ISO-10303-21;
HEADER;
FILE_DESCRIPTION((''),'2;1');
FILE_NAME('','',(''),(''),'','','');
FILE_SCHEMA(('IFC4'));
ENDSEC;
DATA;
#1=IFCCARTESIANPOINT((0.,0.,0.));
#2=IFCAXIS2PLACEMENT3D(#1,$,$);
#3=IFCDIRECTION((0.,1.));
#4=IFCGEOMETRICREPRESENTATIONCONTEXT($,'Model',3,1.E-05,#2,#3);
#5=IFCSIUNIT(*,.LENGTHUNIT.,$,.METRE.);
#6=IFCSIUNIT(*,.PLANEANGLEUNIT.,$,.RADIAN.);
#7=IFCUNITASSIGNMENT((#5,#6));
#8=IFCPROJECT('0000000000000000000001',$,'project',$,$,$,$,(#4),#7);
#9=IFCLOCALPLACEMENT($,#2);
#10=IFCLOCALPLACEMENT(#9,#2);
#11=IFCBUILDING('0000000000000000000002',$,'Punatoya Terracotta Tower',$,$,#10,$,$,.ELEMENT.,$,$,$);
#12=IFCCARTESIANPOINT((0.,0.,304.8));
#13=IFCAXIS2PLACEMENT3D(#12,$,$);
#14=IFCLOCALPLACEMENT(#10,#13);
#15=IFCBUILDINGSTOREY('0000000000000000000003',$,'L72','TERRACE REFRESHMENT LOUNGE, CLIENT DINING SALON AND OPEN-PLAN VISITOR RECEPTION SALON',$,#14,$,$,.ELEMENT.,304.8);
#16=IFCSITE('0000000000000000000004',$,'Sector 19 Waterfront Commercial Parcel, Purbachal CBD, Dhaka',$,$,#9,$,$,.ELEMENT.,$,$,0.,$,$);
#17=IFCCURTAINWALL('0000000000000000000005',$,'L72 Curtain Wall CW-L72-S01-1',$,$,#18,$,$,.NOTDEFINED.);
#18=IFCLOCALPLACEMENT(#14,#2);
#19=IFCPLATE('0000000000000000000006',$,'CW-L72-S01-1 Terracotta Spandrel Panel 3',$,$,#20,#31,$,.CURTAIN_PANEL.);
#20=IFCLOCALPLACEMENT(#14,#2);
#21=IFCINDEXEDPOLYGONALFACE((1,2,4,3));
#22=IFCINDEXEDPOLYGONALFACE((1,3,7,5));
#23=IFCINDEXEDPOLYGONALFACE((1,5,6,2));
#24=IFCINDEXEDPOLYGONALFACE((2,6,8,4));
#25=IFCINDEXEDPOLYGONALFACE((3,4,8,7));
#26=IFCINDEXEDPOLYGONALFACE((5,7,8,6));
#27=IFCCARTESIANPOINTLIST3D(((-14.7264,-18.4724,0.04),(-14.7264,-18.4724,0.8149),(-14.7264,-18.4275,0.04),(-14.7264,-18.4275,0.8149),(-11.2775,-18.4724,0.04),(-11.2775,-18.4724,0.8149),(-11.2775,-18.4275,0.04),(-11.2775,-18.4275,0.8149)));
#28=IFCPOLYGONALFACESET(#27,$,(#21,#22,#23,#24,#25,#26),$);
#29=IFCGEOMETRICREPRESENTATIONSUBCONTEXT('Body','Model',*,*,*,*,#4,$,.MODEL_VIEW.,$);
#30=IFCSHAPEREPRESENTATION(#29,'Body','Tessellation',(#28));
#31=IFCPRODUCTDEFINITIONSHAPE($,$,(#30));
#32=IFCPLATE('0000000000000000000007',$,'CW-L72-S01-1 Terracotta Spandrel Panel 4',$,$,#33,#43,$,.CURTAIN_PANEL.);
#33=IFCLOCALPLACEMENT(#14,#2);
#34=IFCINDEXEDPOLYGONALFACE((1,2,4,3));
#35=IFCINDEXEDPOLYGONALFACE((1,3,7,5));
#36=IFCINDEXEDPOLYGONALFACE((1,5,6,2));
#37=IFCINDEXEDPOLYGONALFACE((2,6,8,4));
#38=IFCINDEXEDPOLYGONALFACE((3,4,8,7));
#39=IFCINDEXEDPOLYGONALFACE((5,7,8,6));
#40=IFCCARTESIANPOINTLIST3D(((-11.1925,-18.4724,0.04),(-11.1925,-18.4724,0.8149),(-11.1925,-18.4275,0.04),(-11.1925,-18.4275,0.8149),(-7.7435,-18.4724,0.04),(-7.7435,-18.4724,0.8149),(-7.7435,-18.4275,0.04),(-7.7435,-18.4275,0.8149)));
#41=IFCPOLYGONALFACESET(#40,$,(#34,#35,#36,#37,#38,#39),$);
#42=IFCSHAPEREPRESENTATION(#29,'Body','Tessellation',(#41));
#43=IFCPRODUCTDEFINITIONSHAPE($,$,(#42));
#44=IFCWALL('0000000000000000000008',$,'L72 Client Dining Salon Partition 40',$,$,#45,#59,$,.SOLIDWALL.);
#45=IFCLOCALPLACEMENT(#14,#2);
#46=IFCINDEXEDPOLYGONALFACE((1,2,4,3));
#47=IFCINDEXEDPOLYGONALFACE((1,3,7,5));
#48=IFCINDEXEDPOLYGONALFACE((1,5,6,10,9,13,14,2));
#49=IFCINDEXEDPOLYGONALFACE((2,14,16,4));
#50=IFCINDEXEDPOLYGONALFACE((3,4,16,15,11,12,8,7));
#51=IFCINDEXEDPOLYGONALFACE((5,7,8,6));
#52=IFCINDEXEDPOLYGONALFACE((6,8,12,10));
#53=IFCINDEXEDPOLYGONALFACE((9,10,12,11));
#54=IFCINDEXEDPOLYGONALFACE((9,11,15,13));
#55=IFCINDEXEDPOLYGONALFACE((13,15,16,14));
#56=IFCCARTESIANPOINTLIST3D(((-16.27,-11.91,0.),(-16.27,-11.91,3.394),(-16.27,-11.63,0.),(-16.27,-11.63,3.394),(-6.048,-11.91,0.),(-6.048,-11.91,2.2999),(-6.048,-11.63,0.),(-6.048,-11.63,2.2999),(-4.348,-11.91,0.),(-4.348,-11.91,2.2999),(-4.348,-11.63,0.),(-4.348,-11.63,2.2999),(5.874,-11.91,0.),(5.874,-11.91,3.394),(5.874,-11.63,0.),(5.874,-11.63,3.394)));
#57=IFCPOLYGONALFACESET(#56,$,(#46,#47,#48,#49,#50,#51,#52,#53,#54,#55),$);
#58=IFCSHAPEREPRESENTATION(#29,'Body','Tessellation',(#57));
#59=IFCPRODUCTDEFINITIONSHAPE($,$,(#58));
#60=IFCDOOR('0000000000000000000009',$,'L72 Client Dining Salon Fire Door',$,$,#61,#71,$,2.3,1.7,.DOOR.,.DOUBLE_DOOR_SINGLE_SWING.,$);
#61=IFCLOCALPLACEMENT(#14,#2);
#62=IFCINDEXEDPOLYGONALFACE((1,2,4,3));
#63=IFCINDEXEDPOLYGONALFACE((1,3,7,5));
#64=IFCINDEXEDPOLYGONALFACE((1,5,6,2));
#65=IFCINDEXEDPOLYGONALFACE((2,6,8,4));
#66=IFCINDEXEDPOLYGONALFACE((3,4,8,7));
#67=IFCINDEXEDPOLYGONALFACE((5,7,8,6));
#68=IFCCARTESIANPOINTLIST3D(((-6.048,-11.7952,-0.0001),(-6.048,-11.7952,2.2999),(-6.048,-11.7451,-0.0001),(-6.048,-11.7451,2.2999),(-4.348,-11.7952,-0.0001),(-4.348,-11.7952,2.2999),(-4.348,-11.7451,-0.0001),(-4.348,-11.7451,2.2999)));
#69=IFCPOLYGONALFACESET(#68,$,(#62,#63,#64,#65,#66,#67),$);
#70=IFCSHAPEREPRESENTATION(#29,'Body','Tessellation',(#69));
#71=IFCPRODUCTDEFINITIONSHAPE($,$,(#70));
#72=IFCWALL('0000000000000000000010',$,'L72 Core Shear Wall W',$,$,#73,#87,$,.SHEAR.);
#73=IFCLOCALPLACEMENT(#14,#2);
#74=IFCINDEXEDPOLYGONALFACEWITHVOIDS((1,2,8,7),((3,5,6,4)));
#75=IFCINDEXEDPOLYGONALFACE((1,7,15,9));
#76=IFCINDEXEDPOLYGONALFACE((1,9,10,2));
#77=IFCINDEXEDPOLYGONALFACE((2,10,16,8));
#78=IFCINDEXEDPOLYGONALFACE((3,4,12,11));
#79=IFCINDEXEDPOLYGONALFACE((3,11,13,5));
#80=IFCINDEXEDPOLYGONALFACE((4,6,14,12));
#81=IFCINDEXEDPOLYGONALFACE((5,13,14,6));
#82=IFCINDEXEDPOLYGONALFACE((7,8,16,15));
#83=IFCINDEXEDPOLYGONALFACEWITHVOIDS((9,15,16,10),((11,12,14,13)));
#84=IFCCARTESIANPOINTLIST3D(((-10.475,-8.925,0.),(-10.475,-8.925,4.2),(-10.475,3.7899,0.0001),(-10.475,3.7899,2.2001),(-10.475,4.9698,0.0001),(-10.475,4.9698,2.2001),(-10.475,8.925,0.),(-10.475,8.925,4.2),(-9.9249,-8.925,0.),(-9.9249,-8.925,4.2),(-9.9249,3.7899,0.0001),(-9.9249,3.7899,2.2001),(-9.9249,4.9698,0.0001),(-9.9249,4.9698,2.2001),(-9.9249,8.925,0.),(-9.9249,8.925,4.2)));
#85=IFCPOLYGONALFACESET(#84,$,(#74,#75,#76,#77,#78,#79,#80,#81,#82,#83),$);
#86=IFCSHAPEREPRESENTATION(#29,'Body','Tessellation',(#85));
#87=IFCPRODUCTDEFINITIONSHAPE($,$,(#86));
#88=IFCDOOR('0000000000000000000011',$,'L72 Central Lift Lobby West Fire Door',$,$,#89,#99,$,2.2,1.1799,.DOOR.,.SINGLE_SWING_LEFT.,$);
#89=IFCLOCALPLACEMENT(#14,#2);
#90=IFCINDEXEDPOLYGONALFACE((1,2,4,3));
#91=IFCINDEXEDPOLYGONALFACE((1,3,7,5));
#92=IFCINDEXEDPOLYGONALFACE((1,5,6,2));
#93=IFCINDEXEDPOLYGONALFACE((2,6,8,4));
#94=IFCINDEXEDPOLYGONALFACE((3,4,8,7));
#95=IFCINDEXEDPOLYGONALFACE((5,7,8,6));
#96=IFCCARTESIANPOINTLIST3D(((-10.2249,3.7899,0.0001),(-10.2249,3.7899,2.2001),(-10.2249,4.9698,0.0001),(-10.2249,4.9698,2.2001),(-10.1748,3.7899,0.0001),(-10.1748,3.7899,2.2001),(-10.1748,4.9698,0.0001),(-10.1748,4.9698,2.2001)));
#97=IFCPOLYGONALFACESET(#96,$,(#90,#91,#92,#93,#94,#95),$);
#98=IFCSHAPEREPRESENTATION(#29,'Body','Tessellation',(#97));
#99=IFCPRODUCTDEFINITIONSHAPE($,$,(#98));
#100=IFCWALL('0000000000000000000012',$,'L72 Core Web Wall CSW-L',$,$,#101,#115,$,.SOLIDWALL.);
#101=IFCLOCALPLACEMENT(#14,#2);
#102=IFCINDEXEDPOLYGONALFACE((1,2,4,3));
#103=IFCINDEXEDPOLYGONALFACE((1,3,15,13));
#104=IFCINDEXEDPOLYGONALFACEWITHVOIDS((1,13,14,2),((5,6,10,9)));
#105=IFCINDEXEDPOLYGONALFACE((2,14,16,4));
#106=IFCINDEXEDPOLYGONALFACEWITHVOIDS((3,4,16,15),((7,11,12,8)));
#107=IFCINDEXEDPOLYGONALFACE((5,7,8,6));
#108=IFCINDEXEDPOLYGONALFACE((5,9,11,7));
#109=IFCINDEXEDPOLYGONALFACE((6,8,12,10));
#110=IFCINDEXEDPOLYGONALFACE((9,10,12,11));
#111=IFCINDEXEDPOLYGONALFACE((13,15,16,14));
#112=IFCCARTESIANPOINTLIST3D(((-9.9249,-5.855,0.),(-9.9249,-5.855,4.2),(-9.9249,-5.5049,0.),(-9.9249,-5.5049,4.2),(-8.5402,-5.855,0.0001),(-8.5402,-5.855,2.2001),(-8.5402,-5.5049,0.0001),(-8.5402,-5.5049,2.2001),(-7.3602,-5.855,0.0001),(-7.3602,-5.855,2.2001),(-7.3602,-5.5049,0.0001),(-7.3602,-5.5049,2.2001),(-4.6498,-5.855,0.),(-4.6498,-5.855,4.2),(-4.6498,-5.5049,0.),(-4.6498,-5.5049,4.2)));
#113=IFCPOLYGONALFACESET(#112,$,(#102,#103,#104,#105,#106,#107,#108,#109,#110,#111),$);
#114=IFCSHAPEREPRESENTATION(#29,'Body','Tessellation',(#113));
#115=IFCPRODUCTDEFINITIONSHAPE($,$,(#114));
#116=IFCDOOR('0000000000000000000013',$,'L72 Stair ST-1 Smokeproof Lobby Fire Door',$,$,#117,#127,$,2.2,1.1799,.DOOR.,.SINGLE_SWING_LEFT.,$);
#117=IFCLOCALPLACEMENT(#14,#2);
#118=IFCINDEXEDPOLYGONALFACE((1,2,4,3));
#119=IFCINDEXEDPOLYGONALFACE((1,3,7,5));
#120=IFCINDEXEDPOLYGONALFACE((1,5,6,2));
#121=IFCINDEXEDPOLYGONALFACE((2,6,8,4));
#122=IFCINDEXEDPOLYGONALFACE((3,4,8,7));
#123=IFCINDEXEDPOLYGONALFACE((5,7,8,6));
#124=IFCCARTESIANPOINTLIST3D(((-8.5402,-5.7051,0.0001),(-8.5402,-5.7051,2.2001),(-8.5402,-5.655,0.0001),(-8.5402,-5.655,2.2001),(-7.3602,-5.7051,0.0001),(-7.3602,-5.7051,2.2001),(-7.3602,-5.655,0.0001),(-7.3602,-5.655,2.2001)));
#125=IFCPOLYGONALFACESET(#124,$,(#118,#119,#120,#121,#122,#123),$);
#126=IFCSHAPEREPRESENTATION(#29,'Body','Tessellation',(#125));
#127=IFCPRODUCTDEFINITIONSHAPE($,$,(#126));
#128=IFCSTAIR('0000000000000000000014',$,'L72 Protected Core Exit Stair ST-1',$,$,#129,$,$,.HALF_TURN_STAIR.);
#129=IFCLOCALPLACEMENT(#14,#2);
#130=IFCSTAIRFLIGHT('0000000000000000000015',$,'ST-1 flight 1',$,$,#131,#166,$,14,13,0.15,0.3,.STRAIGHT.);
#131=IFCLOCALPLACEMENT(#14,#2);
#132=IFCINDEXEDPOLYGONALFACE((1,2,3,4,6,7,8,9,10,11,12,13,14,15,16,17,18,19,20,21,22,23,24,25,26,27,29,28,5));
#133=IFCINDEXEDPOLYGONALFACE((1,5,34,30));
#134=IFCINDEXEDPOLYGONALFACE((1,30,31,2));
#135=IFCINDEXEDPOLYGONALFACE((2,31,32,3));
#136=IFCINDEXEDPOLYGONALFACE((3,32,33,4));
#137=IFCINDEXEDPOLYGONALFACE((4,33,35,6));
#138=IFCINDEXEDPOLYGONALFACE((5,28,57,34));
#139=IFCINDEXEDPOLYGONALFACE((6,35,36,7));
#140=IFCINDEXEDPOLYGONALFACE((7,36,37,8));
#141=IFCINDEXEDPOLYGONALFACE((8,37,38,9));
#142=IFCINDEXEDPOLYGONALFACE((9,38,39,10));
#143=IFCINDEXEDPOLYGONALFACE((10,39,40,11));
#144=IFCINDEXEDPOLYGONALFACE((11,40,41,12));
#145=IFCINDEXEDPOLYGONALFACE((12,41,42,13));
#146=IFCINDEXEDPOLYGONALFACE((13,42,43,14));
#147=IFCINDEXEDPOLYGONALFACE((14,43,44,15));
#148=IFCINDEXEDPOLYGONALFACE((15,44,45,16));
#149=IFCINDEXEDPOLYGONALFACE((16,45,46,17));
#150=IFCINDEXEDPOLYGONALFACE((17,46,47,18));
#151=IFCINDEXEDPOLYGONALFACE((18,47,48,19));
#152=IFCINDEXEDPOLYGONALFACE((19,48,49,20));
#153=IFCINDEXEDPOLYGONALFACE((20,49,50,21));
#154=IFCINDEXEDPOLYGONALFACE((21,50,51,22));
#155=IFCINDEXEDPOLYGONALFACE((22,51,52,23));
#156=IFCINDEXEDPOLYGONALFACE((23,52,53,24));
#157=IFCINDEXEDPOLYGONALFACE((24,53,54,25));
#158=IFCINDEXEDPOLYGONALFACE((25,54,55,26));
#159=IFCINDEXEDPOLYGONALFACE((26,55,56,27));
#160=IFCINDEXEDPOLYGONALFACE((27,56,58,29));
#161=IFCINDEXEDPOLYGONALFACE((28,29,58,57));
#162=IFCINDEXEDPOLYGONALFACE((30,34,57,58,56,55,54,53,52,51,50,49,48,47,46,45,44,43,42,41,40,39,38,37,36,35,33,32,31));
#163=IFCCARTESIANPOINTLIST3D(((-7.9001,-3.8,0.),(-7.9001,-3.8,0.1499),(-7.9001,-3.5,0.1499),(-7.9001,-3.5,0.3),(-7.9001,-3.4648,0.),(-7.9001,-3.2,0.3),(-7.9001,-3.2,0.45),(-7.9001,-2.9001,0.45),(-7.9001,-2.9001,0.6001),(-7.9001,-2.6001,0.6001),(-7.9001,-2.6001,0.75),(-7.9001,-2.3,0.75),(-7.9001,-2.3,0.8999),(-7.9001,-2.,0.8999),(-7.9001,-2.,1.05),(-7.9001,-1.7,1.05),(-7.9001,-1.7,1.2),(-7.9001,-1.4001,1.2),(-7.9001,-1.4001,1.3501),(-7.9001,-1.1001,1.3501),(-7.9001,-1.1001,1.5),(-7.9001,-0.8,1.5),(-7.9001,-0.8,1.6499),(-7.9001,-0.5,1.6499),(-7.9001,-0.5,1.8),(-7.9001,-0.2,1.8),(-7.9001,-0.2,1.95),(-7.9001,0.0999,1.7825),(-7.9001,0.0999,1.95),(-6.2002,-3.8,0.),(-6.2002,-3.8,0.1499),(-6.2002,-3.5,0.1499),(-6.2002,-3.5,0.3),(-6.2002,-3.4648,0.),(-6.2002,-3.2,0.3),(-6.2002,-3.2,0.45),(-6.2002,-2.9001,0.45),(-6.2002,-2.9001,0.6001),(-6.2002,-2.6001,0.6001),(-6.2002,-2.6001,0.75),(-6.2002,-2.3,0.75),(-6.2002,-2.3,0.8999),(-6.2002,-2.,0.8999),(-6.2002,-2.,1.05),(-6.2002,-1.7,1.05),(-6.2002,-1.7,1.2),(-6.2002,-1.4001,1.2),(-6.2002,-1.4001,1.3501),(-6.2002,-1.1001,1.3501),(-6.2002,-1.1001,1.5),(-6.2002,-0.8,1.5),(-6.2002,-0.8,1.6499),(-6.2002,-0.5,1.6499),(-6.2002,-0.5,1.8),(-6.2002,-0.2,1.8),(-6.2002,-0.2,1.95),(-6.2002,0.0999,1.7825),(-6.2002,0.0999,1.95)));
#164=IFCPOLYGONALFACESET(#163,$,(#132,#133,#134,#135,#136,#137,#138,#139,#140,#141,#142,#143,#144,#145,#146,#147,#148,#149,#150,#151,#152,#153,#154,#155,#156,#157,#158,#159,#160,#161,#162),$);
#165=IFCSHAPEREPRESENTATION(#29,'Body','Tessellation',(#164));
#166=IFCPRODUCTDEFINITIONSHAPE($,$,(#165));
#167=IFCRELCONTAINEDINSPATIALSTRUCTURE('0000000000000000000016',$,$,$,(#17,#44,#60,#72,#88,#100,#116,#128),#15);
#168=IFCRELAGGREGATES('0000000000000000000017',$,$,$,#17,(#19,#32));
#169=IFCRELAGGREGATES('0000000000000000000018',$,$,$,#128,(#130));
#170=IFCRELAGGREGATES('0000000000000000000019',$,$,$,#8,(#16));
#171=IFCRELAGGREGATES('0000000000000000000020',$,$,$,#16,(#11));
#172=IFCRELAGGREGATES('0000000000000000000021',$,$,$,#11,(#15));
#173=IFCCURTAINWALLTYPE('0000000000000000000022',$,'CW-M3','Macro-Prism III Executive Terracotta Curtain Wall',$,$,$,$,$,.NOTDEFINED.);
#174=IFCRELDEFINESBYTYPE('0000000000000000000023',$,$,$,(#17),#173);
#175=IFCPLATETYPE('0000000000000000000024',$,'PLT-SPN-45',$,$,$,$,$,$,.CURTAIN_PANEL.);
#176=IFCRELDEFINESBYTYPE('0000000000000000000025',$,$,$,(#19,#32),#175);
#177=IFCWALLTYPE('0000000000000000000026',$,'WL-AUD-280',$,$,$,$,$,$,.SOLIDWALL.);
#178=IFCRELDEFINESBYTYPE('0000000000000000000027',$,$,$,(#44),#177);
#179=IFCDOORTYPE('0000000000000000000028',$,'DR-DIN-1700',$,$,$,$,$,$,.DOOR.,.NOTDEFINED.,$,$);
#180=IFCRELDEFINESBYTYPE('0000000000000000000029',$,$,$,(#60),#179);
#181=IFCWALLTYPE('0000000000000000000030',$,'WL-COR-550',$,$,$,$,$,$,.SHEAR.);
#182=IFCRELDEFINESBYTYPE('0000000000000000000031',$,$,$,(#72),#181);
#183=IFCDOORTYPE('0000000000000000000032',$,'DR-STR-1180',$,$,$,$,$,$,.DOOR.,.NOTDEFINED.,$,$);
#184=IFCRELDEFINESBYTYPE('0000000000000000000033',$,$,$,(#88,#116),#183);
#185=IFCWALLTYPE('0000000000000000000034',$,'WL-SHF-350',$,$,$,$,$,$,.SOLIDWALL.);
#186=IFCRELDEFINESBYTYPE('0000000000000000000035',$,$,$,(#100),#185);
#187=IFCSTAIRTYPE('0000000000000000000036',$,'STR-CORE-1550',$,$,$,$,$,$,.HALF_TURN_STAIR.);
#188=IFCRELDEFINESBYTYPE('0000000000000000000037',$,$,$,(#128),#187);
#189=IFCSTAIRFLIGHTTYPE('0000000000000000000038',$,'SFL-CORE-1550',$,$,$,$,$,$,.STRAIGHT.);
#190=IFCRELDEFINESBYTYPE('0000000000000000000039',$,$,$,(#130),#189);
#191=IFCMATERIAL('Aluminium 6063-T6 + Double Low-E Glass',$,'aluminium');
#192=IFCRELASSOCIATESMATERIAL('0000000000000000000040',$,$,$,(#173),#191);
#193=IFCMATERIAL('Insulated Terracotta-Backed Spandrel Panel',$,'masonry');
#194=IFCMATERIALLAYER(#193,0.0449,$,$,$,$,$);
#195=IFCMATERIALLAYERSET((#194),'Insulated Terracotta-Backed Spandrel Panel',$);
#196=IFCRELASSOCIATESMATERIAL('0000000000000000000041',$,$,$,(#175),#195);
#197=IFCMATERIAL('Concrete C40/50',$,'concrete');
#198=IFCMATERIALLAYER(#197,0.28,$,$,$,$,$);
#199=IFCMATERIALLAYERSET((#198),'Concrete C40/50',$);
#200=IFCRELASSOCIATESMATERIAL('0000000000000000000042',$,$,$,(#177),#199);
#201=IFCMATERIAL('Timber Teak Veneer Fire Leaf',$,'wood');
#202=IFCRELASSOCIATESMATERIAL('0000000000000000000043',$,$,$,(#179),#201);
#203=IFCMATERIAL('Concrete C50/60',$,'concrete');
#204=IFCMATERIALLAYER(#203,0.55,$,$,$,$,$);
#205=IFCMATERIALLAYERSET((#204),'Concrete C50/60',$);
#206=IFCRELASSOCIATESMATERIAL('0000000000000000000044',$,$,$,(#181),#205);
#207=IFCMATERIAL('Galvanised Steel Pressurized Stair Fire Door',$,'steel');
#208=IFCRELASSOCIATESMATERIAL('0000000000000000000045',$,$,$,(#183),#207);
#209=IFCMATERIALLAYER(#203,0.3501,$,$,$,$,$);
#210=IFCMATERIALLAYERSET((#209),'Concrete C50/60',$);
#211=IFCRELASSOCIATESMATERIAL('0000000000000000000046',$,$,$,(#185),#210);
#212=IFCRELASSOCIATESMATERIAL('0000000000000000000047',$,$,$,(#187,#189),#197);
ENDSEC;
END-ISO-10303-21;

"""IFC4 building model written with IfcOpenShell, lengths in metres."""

from ifc_helpers import new_model, si_unit, direction, frame, frame_2d, origin, origin_2d, place, context, subcontext, project, spatial, polyline, rectangle, outline, extrude, material, layer, layer_set, type_object, element, fill, aggregate, save


model = new_model("IFC4")

# Units and contexts
model_context = context("Model", 3, precision=1e-05, world=origin(), true_north=direction((0.0, 1.0)))
body_context = subcontext(model_context, "Body", "Model", "MODEL_VIEW")
ifc_project = project(units=[si_unit("LENGTHUNIT", "METRE"), si_unit("PLANEANGLEUNIT", "RADIAN")], contexts=[model_context])

# Site, building, storey
site_placement = place(None, origin())
site = spatial("IfcSite", under=ifc_project, at=site_placement, Name="Sector 19 Waterfront Commercial Parcel, Purbachal CBD, Dhaka", CompositionType="ELEMENT", RefElevation=0.0)
building_placement = place(site_placement, origin())
building = spatial("IfcBuilding", under=site, at=building_placement, Name="Punatoya Terracotta Tower", CompositionType="ELEMENT")
storey_placement = place(building_placement, frame((0.0, 0.0, 304.8)))
storey = spatial("IfcBuildingStorey", under=building, at=storey_placement, Name="L72", Description="TERRACE REFRESHMENT LOUNGE, CLIENT DINING SALON AND OPEN-PLAN VISITOR RECEPTION SALON", CompositionType="ELEMENT", Elevation=304.8)

# Curtain wall, plates
ifc_material_1 = material(Name="Aluminium 6063-T6 + Double Low-E Glass", Category="aluminium")
curtain_wall_type = type_object("IfcCurtainWallType", Name="CW-M3", Description="Macro-Prism III Executive Terracotta Curtain Wall", PredefinedType="NOTDEFINED", material=ifc_material_1)
curtain_wall_placement = place(storey_placement, origin())
curtain_wall = element("IfcCurtainWall", 1, at=curtain_wall_placement, inside=storey, type_object=curtain_wall_type, Name="L72 Curtain Wall CW-L72-S01-1", PredefinedType="NOTDEFINED")
ifc_material_2 = material(Name="Insulated Terracotta-Backed Spandrel Panel", Category="masonry")
ifc_layer_1 = layer(ifc_material_2, 0.0449)
ifc_layer_set_1 = layer_set([ifc_layer_1], Name="Insulated Terracotta-Backed Spandrel Panel")
plate_type_1 = type_object("IfcPlateType", Name="PLT-SPN-45", PredefinedType="CURTAIN_PANEL", material=ifc_layer_set_1)
plate_1_placement = place(storey_placement, frame((-13.002, -18.45, 0.04), z_axis=(0.0, 0.0, 1.0), x_axis=(1.0, 0.0, 0.0)))
plate_1 = element("IfcPlate", 2, at=plate_1_placement, type_object=plate_type_1, Name="CW-L72-S01-1 Terracotta Spandrel Panel 3", PredefinedType="CURTAIN_PANEL", context=body_context, shape_type="SweptSolid", body=[
    extrude(rectangle(XDim=3.449, YDim=0.0449, at=origin_2d()), origin(), (0.0, 0.0, 1.0), 0.7749),
])
plate_2_placement = place(storey_placement, frame((-9.468, -18.45, 0.04), z_axis=(0.0, 0.0, 1.0), x_axis=(1.0, 0.0, 0.0)))
plate_2 = element("IfcPlate", 3, at=plate_2_placement, type_object=plate_type_1, Name="CW-L72-S01-1 Terracotta Spandrel Panel 4", PredefinedType="CURTAIN_PANEL", context=body_context, shape_type="SweptSolid", body=[
    extrude(rectangle(XDim=3.449, YDim=0.0449, at=origin_2d()), origin(), (0.0, 0.0, 1.0), 0.7749),
])
aggregate(curtain_wall, [plate_1, plate_2])

# Walls, openings, doors
ifc_material_3 = material(Name="Concrete C40/50", Category="concrete")
ifc_layer_2 = layer(ifc_material_3, 0.28)
ifc_layer_set_2 = layer_set([ifc_layer_2], Name="Concrete C40/50")
wall_type_1 = type_object("IfcWallType", Name="WL-AUD-280", PredefinedType="SOLIDWALL", material=ifc_layer_set_2)
wall_1_placement = place(storey_placement, frame((-16.27, -11.77, 0.0), z_axis=(0.0, 0.0, 1.0), x_axis=(1.0, 0.0, 0.0)))
wall_1 = element("IfcWall", 4, at=wall_1_placement, inside=storey, type_object=wall_type_1, Name="L72 Client Dining Salon Partition 40", PredefinedType="SOLIDWALL", context=body_context, shape_type="SweptSolid", body=[
    extrude(rectangle(XDim=22.144, YDim=0.28, at=frame_2d((11.072, 0.0))), origin(), (0.0, 0.0, 1.0), 3.394),
])
opening_1_placement = place(wall_1_placement, frame((10.2219, 0.0, 0.0)))
opening_1 = element("IfcOpeningElement", 5, at=opening_1_placement, cuts=wall_1, PredefinedType="OPENING", context=body_context, shape_type="SweptSolid", body=[
    extrude(rectangle(XDim=1.7, YDim=2.3, at=frame_2d((0.8501, 1.1499))), frame((0.0, 0.1499, 0.0), z_axis=(0.0, -1.0, 0.0), x_axis=(1.0, 0.0, 0.0)), (0.0, 0.0, 1.0), 0.3),
])
ifc_material_4 = material(Name="Timber Teak Veneer Fire Leaf", Category="wood")
door_type_1 = type_object("IfcDoorType", Name="DR-DIN-1700", OperationType="NOTDEFINED", PredefinedType="DOOR", material=ifc_material_4)
door_1_placement = place(opening_1_placement, origin())
door_1 = element("IfcDoor", 6, at=door_1_placement, inside=storey, type_object=door_type_1, Name="L72 Client Dining Salon Fire Door", OperationType="DOUBLE_DOOR_SINGLE_SWING", OverallHeight=2.3, OverallWidth=1.7, PredefinedType="DOOR", context=body_context, shape_type="SweptSolid", body=[
    extrude(rectangle(XDim=1.7, YDim=2.3, at=frame_2d((0.8501, 1.1499))), frame((0.0, 0.0249, 0.0), z_axis=(0.0, -1.0, 0.0), x_axis=(1.0, 0.0, 0.0)), (0.0, 0.0, 1.0), 0.05),
])
fill(opening_1, door_1)
ifc_material_5 = material(Name="Concrete C50/60", Category="concrete")
ifc_layer_3 = layer(ifc_material_5, 0.55)
ifc_layer_set_3 = layer_set([ifc_layer_3], Name="Concrete C50/60")
wall_type_2 = type_object("IfcWallType", Name="WL-COR-550", PredefinedType="SHEAR", material=ifc_layer_set_3)
wall_2_placement = place(storey_placement, frame((-10.2, -8.925, 0.0), z_axis=(0.0, 0.0, 1.0), x_axis=(0.0, 1.0, 0.0)))
wall_2 = element("IfcWall", 7, at=wall_2_placement, inside=storey, type_object=wall_type_2, Name="L72 Core Shear Wall W", PredefinedType="SHEAR", context=body_context, shape_type="SweptSolid", body=[
    extrude(rectangle(XDim=17.8501, YDim=0.55, at=frame_2d((8.925, 0.0))), origin(), (0.0, 0.0, 1.0), 4.2),
])
opening_2_placement = place(wall_2_placement, frame((12.7151, 0.0, 0.0)))
opening_2 = element("IfcOpeningElement", 8, at=opening_2_placement, cuts=wall_2, PredefinedType="OPENING", context=body_context, shape_type="SweptSolid", body=[
    extrude(rectangle(XDim=1.1799, YDim=2.2, at=frame_2d((0.5898, 1.1001))), frame((0.0, 0.2849, 0.0), z_axis=(0.0, -1.0, 0.0), x_axis=(1.0, 0.0, 0.0)), (0.0, 0.0, 1.0), 0.5701),
])
ifc_material_6 = material(Name="Galvanised Steel Pressurized Stair Fire Door", Category="steel")
door_type_2 = type_object("IfcDoorType", Name="DR-STR-1180", OperationType="NOTDEFINED", PredefinedType="DOOR", material=ifc_material_6)
door_2_placement = place(opening_2_placement, origin())
door_2 = element("IfcDoor", 9, at=door_2_placement, inside=storey, type_object=door_type_2, Name="L72 Central Lift Lobby West Fire Door", OperationType="SINGLE_SWING_LEFT", OverallHeight=2.2, OverallWidth=1.1799, PredefinedType="DOOR", context=body_context, shape_type="SweptSolid", body=[
    extrude(rectangle(XDim=1.1799, YDim=2.2, at=frame_2d((0.5898, 1.1001))), frame((0.0, 0.0249, 0.0), z_axis=(0.0, -1.0, 0.0), x_axis=(1.0, 0.0, 0.0)), (0.0, 0.0, 1.0), 0.05),
])
fill(opening_2, door_2)
ifc_layer_4 = layer(ifc_material_5, 0.3501)
ifc_layer_set_4 = layer_set([ifc_layer_4], Name="Concrete C50/60")
wall_type_3 = type_object("IfcWallType", Name="WL-SHF-350", PredefinedType="SOLIDWALL", material=ifc_layer_set_4)
wall_3_placement = place(storey_placement, frame((-9.925, -5.6799, 0.0), z_axis=(0.0, 0.0, 1.0), x_axis=(1.0, 0.0, 0.0)))
wall_3 = element("IfcWall", 10, at=wall_3_placement, inside=storey, type_object=wall_type_3, Name="L72 Core Web Wall CSW-L", PredefinedType="SOLIDWALL", context=body_context, shape_type="SweptSolid", body=[
    extrude(rectangle(XDim=5.2751, YDim=0.3501, at=frame_2d((2.6377, 0.0))), origin(), (0.0, 0.0, 1.0), 4.2),
])
opening_3_placement = place(wall_3_placement, frame((1.385, 0.0, 0.0)))
opening_3 = element("IfcOpeningElement", 11, at=opening_3_placement, cuts=wall_3, PredefinedType="OPENING", context=body_context, shape_type="SweptSolid", body=[
    extrude(rectangle(XDim=1.1799, YDim=2.2, at=frame_2d((0.5898, 1.1001))), frame((0.0, 0.1851, 0.0), z_axis=(0.0, -1.0, 0.0), x_axis=(1.0, 0.0, 0.0)), (0.0, 0.0, 1.0), 0.3701),
])
door_3_placement = place(opening_3_placement, origin())
door_3 = element("IfcDoor", 12, at=door_3_placement, inside=storey, type_object=door_type_2, Name="L72 Stair ST-1 Smokeproof Lobby Fire Door", OperationType="SINGLE_SWING_LEFT", OverallHeight=2.2, OverallWidth=1.1799, PredefinedType="DOOR", context=body_context, shape_type="SweptSolid", body=[
    extrude(rectangle(XDim=1.1799, YDim=2.2, at=frame_2d((0.5898, 1.1001))), frame((0.0, 0.0249, 0.0), z_axis=(0.0, -1.0, 0.0), x_axis=(1.0, 0.0, 0.0)), (0.0, 0.0, 1.0), 0.05),
])
fill(opening_3, door_3)

# Stair, stair flight
stair_type = type_object("IfcStairType", Name="STR-CORE-1550", PredefinedType="HALF_TURN_STAIR", material=ifc_material_3)
stair_placement = place(storey_placement, origin())
stair = element("IfcStair", 13, at=stair_placement, inside=storey, type_object=stair_type, Name="L72 Protected Core Exit Stair ST-1", PredefinedType="HALF_TURN_STAIR")
stair_flight_type = type_object("IfcStairFlightType", Name="SFL-CORE-1550", PredefinedType="STRAIGHT", material=ifc_material_3)
stair_flight_placement = place(storey_placement, frame((-7.05, -3.8, 0.0), z_axis=(0.0, 0.0, 1.0), x_axis=(0.0, 1.0, 0.0)))
stair_flight = element("IfcStairFlight", 14, at=stair_flight_placement, type_object=stair_flight_type, Name="ST-1 flight 1", NumberOfRisers=14, NumberOfTreads=13, PredefinedType="STRAIGHT", RiserHeight=0.15, TreadLength=0.3, context=body_context, shape_type="SweptSolid", body=[
    extrude(outline(polyline([(0.0, 0.0), (0.0, 0.1499), (0.3, 0.1499), (0.3, 0.3), (0.6001, 0.3), (0.6001, 0.45), (0.8999, 0.45), (0.8999, 0.6001), (1.2, 0.6001), (1.2, 0.75), (1.5, 0.75), (1.5, 0.8999), (1.8, 0.8999), (1.8, 1.05), (2.1001, 1.05), (2.1001, 1.2), (2.3999, 1.2), (2.3999, 1.3501), (2.7, 1.3501), (2.7, 1.5), (3.0, 1.5), (3.0, 1.6499), (3.3, 1.6499), (3.3, 1.8), (3.6001, 1.8), (3.6001, 1.95), (3.8999, 1.95), (3.8999, 2.1001), (3.8999, 1.7825), (0.3352, 0.0), (0.0, 0.0)])), frame((0.0, 0.8501, 0.0), z_axis=(0.0, -1.0, 0.0), x_axis=(1.0, 0.0, 0.0)), (0.0, 0.0, 1.0), 1.7),
])
aggregate(stair, [stair_flight])

save(model, "model.ifc")
